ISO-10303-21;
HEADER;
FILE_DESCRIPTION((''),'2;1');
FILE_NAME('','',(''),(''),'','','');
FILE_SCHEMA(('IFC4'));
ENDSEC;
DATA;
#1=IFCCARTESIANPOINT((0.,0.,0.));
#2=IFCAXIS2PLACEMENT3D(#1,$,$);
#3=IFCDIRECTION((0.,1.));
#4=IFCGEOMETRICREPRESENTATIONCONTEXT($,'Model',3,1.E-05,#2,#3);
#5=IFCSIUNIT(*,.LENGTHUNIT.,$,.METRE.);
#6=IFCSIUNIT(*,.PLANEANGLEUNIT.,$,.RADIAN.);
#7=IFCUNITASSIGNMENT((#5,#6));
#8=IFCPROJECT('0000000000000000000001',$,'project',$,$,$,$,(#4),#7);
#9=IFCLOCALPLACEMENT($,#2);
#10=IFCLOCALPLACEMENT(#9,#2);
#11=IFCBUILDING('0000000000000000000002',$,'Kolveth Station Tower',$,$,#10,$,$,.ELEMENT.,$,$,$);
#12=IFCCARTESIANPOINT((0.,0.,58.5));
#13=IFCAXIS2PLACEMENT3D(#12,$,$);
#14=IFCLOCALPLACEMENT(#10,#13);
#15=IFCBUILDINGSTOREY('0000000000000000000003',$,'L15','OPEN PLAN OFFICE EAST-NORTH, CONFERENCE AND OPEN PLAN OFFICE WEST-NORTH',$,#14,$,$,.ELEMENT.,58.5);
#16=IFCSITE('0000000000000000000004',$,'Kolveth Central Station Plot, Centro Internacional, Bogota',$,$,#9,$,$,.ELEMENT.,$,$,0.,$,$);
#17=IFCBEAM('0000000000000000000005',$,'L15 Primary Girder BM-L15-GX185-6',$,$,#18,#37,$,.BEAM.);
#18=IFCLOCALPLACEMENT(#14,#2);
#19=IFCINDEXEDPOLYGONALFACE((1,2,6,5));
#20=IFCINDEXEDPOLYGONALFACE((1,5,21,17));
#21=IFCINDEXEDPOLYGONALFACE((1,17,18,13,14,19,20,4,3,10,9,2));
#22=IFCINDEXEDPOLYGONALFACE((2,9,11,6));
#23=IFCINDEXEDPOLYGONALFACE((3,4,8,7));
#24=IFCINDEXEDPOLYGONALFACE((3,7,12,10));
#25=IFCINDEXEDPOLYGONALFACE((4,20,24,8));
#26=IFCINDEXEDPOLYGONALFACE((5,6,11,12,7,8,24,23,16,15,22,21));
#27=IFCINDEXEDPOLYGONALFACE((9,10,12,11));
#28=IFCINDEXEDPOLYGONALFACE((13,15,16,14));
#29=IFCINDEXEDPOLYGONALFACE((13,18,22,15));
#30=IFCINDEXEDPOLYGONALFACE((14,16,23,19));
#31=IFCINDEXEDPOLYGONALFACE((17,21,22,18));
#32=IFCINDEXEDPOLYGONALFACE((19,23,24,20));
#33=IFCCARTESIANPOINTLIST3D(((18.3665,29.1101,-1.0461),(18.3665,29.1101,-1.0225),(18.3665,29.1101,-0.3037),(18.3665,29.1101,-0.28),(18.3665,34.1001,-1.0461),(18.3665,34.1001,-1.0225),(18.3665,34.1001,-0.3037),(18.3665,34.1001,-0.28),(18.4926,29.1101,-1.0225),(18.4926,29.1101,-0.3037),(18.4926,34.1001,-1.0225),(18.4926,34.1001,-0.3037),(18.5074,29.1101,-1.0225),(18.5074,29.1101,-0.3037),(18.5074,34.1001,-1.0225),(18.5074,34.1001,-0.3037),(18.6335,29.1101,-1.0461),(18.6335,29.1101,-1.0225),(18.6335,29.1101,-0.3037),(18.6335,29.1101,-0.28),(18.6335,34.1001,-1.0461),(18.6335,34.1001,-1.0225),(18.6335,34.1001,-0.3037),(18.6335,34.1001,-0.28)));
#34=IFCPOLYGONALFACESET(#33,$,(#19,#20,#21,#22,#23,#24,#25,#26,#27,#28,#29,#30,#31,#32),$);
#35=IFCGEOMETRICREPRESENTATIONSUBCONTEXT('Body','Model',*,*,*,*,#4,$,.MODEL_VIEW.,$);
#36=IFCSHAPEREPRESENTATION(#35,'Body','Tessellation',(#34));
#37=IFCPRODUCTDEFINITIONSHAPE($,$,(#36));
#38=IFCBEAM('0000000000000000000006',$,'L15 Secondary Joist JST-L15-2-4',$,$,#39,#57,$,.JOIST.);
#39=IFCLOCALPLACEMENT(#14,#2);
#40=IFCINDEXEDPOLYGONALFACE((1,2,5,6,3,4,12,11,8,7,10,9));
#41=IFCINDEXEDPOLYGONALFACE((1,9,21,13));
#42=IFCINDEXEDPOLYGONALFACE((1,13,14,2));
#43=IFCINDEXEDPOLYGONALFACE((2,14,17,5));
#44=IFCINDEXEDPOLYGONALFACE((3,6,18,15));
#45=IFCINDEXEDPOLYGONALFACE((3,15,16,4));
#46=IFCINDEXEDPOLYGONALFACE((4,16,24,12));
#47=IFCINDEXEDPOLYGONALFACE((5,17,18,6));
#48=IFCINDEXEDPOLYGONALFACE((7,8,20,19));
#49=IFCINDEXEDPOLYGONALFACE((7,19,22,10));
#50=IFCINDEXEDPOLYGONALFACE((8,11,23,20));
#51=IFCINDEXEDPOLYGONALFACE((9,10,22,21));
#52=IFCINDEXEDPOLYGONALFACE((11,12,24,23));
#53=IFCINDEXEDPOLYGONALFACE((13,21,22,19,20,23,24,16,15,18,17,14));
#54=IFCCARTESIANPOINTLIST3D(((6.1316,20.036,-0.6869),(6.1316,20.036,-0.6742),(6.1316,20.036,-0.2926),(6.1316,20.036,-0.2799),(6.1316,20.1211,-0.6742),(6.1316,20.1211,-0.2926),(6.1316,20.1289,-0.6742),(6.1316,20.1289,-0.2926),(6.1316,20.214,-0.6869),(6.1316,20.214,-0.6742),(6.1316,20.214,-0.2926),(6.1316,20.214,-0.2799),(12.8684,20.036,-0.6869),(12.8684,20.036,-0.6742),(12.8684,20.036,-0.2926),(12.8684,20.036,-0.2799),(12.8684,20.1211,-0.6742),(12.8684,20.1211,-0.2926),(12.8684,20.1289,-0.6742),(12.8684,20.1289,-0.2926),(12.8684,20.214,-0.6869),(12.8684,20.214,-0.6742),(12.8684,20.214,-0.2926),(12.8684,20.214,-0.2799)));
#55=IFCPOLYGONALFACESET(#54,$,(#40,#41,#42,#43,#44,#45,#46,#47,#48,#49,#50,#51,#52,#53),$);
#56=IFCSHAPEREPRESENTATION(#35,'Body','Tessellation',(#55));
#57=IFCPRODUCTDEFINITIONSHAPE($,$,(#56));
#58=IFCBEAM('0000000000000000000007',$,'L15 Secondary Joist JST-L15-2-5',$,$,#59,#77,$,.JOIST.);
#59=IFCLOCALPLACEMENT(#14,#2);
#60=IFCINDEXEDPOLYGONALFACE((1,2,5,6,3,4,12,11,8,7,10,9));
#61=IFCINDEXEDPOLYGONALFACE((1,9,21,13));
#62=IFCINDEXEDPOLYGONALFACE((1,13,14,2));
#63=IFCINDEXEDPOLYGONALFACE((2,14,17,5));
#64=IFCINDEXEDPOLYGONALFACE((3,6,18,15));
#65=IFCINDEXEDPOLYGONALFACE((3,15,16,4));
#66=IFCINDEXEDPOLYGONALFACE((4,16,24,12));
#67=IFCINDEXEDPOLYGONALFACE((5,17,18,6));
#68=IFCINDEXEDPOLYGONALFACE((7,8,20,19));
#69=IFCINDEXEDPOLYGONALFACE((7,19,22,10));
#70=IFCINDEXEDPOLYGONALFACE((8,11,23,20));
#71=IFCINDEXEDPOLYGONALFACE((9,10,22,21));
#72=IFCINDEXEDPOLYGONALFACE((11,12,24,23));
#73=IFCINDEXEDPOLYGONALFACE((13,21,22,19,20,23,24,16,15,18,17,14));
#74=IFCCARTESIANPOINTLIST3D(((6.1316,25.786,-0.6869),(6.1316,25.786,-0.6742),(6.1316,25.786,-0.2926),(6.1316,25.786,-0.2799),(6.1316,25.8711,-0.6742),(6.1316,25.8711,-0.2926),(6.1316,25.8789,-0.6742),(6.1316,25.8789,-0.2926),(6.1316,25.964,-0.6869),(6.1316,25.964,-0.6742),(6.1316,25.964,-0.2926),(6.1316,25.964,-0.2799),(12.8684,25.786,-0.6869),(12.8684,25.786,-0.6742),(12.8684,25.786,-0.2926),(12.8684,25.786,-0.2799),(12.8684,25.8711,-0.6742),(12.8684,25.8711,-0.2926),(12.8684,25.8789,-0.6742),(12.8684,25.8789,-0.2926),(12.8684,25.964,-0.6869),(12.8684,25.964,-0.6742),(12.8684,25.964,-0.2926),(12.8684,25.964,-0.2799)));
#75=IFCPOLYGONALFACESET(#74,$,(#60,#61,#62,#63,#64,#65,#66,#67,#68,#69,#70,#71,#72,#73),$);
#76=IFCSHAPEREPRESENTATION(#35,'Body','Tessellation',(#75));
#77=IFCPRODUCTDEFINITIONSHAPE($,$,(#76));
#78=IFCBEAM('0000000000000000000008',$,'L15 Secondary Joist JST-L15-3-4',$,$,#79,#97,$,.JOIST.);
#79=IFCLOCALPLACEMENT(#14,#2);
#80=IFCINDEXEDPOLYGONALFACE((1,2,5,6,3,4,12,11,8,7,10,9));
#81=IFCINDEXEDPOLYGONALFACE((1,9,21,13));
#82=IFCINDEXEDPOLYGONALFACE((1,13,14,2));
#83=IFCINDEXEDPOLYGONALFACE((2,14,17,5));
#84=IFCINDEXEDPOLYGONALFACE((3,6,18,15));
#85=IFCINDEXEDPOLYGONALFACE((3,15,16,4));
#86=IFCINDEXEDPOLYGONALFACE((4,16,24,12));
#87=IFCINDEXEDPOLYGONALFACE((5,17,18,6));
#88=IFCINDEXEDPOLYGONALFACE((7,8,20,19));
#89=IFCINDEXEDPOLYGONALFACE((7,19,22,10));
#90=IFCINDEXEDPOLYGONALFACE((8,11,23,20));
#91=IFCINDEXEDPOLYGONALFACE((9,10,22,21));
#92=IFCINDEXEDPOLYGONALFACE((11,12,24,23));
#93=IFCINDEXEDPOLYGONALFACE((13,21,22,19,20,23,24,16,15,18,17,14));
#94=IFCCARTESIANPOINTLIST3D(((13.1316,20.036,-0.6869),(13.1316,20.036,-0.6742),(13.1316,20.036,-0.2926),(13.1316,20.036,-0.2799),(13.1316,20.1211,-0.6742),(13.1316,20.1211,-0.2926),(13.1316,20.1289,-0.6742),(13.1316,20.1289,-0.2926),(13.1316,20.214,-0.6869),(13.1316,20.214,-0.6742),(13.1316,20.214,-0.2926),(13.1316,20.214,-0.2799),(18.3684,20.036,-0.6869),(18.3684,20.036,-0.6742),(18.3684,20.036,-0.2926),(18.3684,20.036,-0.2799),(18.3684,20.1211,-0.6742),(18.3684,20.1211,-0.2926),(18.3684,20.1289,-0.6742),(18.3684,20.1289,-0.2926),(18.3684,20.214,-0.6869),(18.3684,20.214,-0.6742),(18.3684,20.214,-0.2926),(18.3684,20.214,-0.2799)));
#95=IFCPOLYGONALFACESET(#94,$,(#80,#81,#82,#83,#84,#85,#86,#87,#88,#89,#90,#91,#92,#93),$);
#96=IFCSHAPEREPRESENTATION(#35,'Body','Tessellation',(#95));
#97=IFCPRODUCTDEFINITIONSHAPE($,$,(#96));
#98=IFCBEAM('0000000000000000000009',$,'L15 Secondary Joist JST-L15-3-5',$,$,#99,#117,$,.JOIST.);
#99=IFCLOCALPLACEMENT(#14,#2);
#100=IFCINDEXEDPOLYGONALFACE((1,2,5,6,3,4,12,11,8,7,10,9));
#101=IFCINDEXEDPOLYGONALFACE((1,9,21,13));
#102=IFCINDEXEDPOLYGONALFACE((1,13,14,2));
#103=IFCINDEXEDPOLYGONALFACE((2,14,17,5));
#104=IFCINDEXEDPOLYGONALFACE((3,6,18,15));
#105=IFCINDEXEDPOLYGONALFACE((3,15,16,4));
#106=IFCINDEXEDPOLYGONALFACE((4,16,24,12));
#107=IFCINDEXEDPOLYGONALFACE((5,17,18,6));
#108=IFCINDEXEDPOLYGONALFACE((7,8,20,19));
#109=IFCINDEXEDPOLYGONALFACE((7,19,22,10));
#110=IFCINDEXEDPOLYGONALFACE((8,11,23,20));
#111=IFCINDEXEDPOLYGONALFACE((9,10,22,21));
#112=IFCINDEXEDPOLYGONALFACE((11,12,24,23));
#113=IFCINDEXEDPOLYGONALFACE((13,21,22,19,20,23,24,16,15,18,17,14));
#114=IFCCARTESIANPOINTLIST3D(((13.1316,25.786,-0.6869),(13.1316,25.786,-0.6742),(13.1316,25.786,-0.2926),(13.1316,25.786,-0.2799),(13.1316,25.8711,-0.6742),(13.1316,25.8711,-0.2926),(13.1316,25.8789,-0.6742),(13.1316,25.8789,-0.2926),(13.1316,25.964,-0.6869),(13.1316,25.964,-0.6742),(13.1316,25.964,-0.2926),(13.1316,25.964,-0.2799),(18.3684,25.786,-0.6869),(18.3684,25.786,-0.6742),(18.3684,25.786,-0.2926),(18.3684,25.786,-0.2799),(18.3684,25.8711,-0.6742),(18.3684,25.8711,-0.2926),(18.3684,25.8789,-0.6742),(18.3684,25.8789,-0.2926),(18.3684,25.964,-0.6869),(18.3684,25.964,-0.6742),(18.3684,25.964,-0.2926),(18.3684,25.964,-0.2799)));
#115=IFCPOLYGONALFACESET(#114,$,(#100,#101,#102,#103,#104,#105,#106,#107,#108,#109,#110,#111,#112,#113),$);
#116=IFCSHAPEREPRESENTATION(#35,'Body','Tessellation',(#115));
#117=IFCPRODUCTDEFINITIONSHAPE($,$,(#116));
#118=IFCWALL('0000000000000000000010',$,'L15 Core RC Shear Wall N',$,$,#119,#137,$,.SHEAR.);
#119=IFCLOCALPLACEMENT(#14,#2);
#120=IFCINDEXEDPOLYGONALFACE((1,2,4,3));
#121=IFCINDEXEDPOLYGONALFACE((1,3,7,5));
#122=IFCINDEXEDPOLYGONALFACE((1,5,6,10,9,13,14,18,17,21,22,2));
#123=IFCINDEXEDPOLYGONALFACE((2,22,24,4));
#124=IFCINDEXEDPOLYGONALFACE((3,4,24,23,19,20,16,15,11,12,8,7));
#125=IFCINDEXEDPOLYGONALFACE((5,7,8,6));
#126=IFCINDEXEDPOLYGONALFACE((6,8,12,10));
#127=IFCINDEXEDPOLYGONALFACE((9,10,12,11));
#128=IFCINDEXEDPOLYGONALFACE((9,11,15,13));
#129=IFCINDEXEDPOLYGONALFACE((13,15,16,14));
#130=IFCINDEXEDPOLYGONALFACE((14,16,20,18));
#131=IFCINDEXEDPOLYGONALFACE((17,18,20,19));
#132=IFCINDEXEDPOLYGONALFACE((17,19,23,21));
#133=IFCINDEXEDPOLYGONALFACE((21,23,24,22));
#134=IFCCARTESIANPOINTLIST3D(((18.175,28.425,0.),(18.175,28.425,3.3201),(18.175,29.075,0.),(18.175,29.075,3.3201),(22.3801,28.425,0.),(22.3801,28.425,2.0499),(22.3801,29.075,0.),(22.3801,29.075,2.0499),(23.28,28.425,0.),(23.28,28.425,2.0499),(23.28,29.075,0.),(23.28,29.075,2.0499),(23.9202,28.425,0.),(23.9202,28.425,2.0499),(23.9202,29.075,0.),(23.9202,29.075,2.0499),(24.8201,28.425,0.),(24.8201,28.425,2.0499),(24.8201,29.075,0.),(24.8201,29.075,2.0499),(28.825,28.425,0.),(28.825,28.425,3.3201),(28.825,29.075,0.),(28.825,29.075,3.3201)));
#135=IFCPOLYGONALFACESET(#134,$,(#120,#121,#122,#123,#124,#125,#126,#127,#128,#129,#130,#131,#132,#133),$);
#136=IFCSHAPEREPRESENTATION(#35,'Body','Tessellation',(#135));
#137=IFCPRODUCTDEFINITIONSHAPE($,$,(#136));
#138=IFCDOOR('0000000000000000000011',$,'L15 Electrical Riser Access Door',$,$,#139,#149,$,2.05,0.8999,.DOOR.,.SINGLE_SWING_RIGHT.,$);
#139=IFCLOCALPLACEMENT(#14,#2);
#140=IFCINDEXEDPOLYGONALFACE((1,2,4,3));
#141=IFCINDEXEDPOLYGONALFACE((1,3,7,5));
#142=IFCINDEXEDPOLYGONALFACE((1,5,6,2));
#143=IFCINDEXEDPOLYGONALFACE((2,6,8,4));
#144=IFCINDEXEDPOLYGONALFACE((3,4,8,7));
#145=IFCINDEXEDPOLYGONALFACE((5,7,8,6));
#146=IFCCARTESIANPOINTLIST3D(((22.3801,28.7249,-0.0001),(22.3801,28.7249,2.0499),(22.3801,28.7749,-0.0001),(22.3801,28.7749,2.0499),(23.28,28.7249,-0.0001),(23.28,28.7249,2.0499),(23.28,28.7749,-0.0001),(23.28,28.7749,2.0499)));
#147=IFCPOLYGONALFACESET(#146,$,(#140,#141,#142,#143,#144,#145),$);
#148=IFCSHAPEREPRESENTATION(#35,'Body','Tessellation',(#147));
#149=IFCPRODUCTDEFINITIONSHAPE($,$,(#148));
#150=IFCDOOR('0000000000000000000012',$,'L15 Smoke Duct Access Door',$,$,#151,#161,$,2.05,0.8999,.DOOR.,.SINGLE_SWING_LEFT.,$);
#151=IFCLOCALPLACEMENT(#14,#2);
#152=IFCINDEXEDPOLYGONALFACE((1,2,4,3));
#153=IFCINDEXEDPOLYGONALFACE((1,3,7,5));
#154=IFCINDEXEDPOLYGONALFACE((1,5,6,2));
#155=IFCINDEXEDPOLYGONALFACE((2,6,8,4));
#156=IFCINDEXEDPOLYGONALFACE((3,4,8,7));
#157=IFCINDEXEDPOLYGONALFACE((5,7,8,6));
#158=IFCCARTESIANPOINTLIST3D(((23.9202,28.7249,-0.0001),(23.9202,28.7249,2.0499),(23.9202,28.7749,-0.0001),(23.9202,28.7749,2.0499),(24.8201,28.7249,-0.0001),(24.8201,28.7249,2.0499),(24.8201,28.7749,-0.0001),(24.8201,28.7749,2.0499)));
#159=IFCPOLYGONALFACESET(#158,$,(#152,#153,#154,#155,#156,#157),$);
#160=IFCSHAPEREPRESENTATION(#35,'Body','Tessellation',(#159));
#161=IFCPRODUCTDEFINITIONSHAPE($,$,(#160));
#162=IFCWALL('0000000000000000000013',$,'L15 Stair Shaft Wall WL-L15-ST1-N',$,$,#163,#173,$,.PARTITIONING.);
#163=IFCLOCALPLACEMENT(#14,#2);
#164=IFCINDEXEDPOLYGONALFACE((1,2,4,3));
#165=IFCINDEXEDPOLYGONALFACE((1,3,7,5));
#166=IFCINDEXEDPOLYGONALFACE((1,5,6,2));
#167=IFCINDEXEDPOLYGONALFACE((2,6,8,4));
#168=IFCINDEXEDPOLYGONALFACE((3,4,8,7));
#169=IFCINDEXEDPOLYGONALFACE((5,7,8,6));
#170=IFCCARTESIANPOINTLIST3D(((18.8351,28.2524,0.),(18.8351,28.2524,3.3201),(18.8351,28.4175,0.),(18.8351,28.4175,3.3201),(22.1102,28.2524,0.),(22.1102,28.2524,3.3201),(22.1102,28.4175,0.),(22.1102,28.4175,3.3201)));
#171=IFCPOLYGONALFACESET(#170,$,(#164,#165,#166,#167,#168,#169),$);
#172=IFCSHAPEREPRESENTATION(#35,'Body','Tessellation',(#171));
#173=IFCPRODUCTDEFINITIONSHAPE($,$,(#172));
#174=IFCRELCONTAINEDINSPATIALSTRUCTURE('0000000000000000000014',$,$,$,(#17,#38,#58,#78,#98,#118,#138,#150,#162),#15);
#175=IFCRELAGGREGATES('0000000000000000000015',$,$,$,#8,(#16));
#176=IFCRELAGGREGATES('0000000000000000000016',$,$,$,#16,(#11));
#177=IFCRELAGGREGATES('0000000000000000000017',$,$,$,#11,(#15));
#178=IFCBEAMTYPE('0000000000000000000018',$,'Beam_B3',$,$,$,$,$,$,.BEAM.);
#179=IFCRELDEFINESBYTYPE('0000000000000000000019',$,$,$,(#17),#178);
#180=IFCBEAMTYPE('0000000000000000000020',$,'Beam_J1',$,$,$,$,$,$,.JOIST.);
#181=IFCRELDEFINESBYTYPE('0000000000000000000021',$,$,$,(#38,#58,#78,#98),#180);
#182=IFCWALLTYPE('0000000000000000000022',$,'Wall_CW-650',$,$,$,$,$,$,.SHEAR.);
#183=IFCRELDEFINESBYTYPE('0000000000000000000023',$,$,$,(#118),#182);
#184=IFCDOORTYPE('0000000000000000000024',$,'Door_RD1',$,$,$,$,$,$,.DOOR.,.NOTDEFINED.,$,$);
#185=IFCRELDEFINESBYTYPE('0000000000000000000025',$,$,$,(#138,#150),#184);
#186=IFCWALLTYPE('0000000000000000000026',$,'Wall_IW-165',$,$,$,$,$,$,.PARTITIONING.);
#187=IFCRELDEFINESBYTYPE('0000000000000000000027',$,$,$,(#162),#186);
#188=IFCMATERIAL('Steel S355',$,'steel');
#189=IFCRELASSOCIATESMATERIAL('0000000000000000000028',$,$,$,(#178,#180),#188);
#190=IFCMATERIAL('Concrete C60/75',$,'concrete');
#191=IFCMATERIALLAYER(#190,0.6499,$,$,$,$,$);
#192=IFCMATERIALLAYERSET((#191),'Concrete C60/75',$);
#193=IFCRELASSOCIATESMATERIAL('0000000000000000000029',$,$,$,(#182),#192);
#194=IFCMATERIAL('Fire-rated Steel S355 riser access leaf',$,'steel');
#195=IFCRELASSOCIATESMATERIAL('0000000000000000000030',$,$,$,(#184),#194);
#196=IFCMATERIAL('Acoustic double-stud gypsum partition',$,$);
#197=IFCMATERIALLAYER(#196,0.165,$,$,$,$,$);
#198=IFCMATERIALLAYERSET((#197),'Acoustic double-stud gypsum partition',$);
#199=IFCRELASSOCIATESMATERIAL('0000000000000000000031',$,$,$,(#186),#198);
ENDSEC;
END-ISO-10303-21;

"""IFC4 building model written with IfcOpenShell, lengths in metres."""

from ifc_helpers import new_model, si_unit, direction, frame, frame_2d, origin, origin_2d, place, context, subcontext, project, spatial, rectangle, i_section, extrude, source, transform, mapped, material, layer, layer_set, material_profile, profile_set, type_object, element, fill, save


model = new_model("IFC4")

# Units and contexts
model_context = context("Model", 3, precision=1e-05, world=origin(), true_north=direction((0.0, 1.0)))
body_context = subcontext(model_context, "Body", "Model", "MODEL_VIEW")
ifc_project = project(units=[si_unit("LENGTHUNIT", "METRE"), si_unit("PLANEANGLEUNIT", "RADIAN")], contexts=[model_context])

# Site, building, storey
site_placement = place(None, origin())
site = spatial("IfcSite", under=ifc_project, at=site_placement, Name="Kolveth Central Station Plot, Centro Internacional, Bogota", CompositionType="ELEMENT", RefElevation=0.0)
building_placement = place(site_placement, origin())
building = spatial("IfcBuilding", under=site, at=building_placement, Name="Kolveth Station Tower", CompositionType="ELEMENT")
storey_placement = place(building_placement, frame((0.0, 0.0, 58.5)))
storey = spatial("IfcBuildingStorey", under=building, at=storey_placement, Name="L15", Description="OPEN PLAN OFFICE EAST-NORTH, CONFERENCE AND OPEN PLAN OFFICE WEST-NORTH", CompositionType="ELEMENT", Elevation=58.5)

# Beams
ifc_material_1 = material(Name="Steel S355", Category="steel")
ifc_material_profile_1 = material_profile(ifc_material_1, i_section(OverallWidth=0.2671, OverallDepth=0.7661, WebThickness=0.0149, FlangeThickness=0.0237, at=origin_2d()), Name="W760x185")
ifc_profile_set_1 = profile_set([ifc_material_profile_1], Name="Steel S355")
beam_type_1 = type_object("IfcBeamType", Name="Beam_B3", PredefinedType="BEAM", material=ifc_profile_set_1)
shared_shape_1 = source(origin(), body_context, "Body", "SweptSolid", [
    extrude(i_section(OverallWidth=0.2671, OverallDepth=0.7661, WebThickness=0.0149, FlangeThickness=0.0237, at=origin_2d()), origin(), (0.0, 0.0, 1.0), 4.99),
])
beam_1_placement = place(storey_placement, frame((18.5, 29.1101, -0.6631), z_axis=(0.0, 1.0, 0.0), x_axis=(-1.0, 0.0, 0.0)))
element("IfcBeam", 1, at=beam_1_placement, inside=storey, type_object=beam_type_1, Name="L15 Primary Girder BM-L15-GX185-6", PredefinedType="BEAM", context=body_context, shape_type="MappedRepresentation", body=[
    mapped(shared_shape_1, transform((0.0, 0.0, 0.0), x_axis=(1.0, 0.0, 0.0), y_axis=(0.0, 1.0, 0.0), z_axis=(0.0, 0.0, 1.0), scale=1.0)),
])
ifc_material_profile_2 = material_profile(ifc_material_1, i_section(OverallWidth=0.178, OverallDepth=0.407, WebThickness=0.0078, FlangeThickness=0.0127, at=origin_2d()), Name="W410x60")
ifc_profile_set_2 = profile_set([ifc_material_profile_2], Name="Steel S355")
beam_type_2 = type_object("IfcBeamType", Name="Beam_J1", PredefinedType="JOIST", material=ifc_profile_set_2)
shared_shape_2 = source(origin(), body_context, "Body", "SweptSolid", [
    extrude(i_section(OverallWidth=0.178, OverallDepth=0.407, WebThickness=0.0078, FlangeThickness=0.0127, at=origin_2d()), origin(), (0.0, 0.0, 1.0), 6.7368),
])
for number, where, z_axis, x_axis, name in (
    (2, (6.1316, 20.125, -0.4834), (1.0, 0.0, 0.0), (0.0, 1.0, 0.0), "L15 Secondary Joist JST-L15-2-4"),
    (3, (6.1316, 25.875, -0.4834), (1.0, 0.0, 0.0), (0.0, 1.0, 0.0), "L15 Secondary Joist JST-L15-2-5"),
):
    element("IfcBeam", number, at=place(storey_placement, frame(where, z_axis=z_axis, x_axis=x_axis)), inside=storey, type_object=beam_type_2, Name=name, PredefinedType="JOIST", context=body_context, shape_type="MappedRepresentation", body=[
        mapped(shared_shape_2, transform((0.0, 0.0, 0.0), x_axis=(1.0, 0.0, 0.0), y_axis=(0.0, 1.0, 0.0), z_axis=(0.0, 0.0, 1.0), scale=1.0)),
    ])
shared_shape_3 = source(origin(), body_context, "Body", "SweptSolid", [
    extrude(i_section(OverallWidth=0.178, OverallDepth=0.407, WebThickness=0.0078, FlangeThickness=0.0127, at=origin_2d()), origin(), (0.0, 0.0, 1.0), 5.2368),
])
for number, where, z_axis, x_axis, name in (
    (4, (13.1316, 20.125, -0.4834), (1.0, 0.0, 0.0), (0.0, 1.0, 0.0), "L15 Secondary Joist JST-L15-3-4"),
    (5, (13.1316, 25.875, -0.4834), (1.0, 0.0, 0.0), (0.0, 1.0, 0.0), "L15 Secondary Joist JST-L15-3-5"),
):
    element("IfcBeam", number, at=place(storey_placement, frame(where, z_axis=z_axis, x_axis=x_axis)), inside=storey, type_object=beam_type_2, Name=name, PredefinedType="JOIST", context=body_context, shape_type="MappedRepresentation", body=[
        mapped(shared_shape_3, transform((0.0, 0.0, 0.0), x_axis=(1.0, 0.0, 0.0), y_axis=(0.0, 1.0, 0.0), z_axis=(0.0, 0.0, 1.0), scale=1.0)),
    ])

# Wall, openings, doors
ifc_material_2 = material(Name="Concrete C60/75", Category="concrete")
ifc_layer_1 = layer(ifc_material_2, 0.6499)
ifc_layer_set_1 = layer_set([ifc_layer_1], Name="Concrete C60/75")
wall_type_1 = type_object("IfcWallType", Name="Wall_CW-650", PredefinedType="SHEAR", material=ifc_layer_set_1)
wall_1_placement = place(storey_placement, frame((18.175, 28.75, 0.0), z_axis=(0.0, 0.0, 1.0), x_axis=(1.0, 0.0, 0.0)))
wall_1 = element("IfcWall", 6, at=wall_1_placement, inside=storey, type_object=wall_type_1, Name="L15 Core RC Shear Wall N", PredefinedType="SHEAR", context=body_context, shape_type="SweptSolid", body=[
    extrude(rectangle(XDim=10.6499, YDim=0.6499, at=frame_2d((5.325, 0.0))), origin(), (0.0, 0.0, 1.0), 3.3201),
])
opening_1_placement = place(wall_1_placement, frame((4.2051, 0.0, 0.0)))
opening_1 = element("IfcOpeningElement", 7, at=opening_1_placement, cuts=wall_1, PredefinedType="OPENING", context=body_context, shape_type="SweptSolid", body=[
    extrude(rectangle(XDim=0.8999, YDim=2.05, at=frame_2d((0.45, 1.0249))), frame((0.0, 0.335, 0.0), z_axis=(0.0, -1.0, 0.0), x_axis=(1.0, 0.0, 0.0)), (0.0, 0.0, 1.0), 0.6699),
])
opening_2_placement = place(wall_1_placement, frame((5.7451, 0.0, 0.0)))
opening_2 = element("IfcOpeningElement", 8, at=opening_2_placement, cuts=wall_1, PredefinedType="OPENING", context=body_context, shape_type="SweptSolid", body=[
    extrude(rectangle(XDim=0.8999, YDim=2.05, at=frame_2d((0.45, 1.0249))), frame((0.0, 0.335, 0.0), z_axis=(0.0, -1.0, 0.0), x_axis=(1.0, 0.0, 0.0)), (0.0, 0.0, 1.0), 0.6699),
])
ifc_material_3 = material(Name="Fire-rated Steel S355 riser access leaf", Category="steel")
door_type_1 = type_object("IfcDoorType", Name="Door_RD1", OperationType="NOTDEFINED", PredefinedType="DOOR", material=ifc_material_3)
door_1_placement = place(opening_1_placement, origin())
door_1 = element("IfcDoor", 9, at=door_1_placement, inside=storey, type_object=door_type_1, Name="L15 Electrical Riser Access Door", OperationType="SINGLE_SWING_RIGHT", OverallHeight=2.05, OverallWidth=0.8999, PredefinedType="DOOR", context=body_context, shape_type="SweptSolid", body=[
    extrude(rectangle(XDim=0.8999, YDim=2.05, at=frame_2d((0.45, 1.0249))), frame((0.0, 0.0249, 0.0), z_axis=(0.0, -1.0, 0.0), x_axis=(1.0, 0.0, 0.0)), (0.0, 0.0, 1.0), 0.05),
])
fill(opening_1, door_1)
door_2_placement = place(opening_2_placement, origin())
door_2 = element("IfcDoor", 10, at=door_2_placement, inside=storey, type_object=door_type_1, Name="L15 Smoke Duct Access Door", OperationType="SINGLE_SWING_LEFT", OverallHeight=2.05, OverallWidth=0.8999, PredefinedType="DOOR", context=body_context, shape_type="SweptSolid", body=[
    extrude(rectangle(XDim=0.8999, YDim=2.05, at=frame_2d((0.45, 1.0249))), frame((0.0, 0.0249, 0.0), z_axis=(0.0, -1.0, 0.0), x_axis=(1.0, 0.0, 0.0)), (0.0, 0.0, 1.0), 0.05),
])
fill(opening_2, door_2)

# Wall
ifc_material_4 = material(Name="Acoustic double-stud gypsum partition")
ifc_layer_2 = layer(ifc_material_4, 0.165)
ifc_layer_set_2 = layer_set([ifc_layer_2], Name="Acoustic double-stud gypsum partition")
wall_type_2 = type_object("IfcWallType", Name="Wall_IW-165", PredefinedType="PARTITIONING", material=ifc_layer_set_2)
wall_2_placement = place(storey_placement, frame((18.835, 28.335, 0.0), z_axis=(0.0, 0.0, 1.0), x_axis=(1.0, 0.0, 0.0)))
element("IfcWall", 11, at=wall_2_placement, inside=storey, type_object=wall_type_2, Name="L15 Stair Shaft Wall WL-L15-ST1-N", PredefinedType="PARTITIONING", context=body_context, shape_type="SweptSolid", body=[
    extrude(rectangle(XDim=3.2751, YDim=0.165, at=frame_2d((1.6377, 0.0))), origin(), (0.0, 0.0, 1.0), 3.3201),
])

save(model, "model.ifc")
